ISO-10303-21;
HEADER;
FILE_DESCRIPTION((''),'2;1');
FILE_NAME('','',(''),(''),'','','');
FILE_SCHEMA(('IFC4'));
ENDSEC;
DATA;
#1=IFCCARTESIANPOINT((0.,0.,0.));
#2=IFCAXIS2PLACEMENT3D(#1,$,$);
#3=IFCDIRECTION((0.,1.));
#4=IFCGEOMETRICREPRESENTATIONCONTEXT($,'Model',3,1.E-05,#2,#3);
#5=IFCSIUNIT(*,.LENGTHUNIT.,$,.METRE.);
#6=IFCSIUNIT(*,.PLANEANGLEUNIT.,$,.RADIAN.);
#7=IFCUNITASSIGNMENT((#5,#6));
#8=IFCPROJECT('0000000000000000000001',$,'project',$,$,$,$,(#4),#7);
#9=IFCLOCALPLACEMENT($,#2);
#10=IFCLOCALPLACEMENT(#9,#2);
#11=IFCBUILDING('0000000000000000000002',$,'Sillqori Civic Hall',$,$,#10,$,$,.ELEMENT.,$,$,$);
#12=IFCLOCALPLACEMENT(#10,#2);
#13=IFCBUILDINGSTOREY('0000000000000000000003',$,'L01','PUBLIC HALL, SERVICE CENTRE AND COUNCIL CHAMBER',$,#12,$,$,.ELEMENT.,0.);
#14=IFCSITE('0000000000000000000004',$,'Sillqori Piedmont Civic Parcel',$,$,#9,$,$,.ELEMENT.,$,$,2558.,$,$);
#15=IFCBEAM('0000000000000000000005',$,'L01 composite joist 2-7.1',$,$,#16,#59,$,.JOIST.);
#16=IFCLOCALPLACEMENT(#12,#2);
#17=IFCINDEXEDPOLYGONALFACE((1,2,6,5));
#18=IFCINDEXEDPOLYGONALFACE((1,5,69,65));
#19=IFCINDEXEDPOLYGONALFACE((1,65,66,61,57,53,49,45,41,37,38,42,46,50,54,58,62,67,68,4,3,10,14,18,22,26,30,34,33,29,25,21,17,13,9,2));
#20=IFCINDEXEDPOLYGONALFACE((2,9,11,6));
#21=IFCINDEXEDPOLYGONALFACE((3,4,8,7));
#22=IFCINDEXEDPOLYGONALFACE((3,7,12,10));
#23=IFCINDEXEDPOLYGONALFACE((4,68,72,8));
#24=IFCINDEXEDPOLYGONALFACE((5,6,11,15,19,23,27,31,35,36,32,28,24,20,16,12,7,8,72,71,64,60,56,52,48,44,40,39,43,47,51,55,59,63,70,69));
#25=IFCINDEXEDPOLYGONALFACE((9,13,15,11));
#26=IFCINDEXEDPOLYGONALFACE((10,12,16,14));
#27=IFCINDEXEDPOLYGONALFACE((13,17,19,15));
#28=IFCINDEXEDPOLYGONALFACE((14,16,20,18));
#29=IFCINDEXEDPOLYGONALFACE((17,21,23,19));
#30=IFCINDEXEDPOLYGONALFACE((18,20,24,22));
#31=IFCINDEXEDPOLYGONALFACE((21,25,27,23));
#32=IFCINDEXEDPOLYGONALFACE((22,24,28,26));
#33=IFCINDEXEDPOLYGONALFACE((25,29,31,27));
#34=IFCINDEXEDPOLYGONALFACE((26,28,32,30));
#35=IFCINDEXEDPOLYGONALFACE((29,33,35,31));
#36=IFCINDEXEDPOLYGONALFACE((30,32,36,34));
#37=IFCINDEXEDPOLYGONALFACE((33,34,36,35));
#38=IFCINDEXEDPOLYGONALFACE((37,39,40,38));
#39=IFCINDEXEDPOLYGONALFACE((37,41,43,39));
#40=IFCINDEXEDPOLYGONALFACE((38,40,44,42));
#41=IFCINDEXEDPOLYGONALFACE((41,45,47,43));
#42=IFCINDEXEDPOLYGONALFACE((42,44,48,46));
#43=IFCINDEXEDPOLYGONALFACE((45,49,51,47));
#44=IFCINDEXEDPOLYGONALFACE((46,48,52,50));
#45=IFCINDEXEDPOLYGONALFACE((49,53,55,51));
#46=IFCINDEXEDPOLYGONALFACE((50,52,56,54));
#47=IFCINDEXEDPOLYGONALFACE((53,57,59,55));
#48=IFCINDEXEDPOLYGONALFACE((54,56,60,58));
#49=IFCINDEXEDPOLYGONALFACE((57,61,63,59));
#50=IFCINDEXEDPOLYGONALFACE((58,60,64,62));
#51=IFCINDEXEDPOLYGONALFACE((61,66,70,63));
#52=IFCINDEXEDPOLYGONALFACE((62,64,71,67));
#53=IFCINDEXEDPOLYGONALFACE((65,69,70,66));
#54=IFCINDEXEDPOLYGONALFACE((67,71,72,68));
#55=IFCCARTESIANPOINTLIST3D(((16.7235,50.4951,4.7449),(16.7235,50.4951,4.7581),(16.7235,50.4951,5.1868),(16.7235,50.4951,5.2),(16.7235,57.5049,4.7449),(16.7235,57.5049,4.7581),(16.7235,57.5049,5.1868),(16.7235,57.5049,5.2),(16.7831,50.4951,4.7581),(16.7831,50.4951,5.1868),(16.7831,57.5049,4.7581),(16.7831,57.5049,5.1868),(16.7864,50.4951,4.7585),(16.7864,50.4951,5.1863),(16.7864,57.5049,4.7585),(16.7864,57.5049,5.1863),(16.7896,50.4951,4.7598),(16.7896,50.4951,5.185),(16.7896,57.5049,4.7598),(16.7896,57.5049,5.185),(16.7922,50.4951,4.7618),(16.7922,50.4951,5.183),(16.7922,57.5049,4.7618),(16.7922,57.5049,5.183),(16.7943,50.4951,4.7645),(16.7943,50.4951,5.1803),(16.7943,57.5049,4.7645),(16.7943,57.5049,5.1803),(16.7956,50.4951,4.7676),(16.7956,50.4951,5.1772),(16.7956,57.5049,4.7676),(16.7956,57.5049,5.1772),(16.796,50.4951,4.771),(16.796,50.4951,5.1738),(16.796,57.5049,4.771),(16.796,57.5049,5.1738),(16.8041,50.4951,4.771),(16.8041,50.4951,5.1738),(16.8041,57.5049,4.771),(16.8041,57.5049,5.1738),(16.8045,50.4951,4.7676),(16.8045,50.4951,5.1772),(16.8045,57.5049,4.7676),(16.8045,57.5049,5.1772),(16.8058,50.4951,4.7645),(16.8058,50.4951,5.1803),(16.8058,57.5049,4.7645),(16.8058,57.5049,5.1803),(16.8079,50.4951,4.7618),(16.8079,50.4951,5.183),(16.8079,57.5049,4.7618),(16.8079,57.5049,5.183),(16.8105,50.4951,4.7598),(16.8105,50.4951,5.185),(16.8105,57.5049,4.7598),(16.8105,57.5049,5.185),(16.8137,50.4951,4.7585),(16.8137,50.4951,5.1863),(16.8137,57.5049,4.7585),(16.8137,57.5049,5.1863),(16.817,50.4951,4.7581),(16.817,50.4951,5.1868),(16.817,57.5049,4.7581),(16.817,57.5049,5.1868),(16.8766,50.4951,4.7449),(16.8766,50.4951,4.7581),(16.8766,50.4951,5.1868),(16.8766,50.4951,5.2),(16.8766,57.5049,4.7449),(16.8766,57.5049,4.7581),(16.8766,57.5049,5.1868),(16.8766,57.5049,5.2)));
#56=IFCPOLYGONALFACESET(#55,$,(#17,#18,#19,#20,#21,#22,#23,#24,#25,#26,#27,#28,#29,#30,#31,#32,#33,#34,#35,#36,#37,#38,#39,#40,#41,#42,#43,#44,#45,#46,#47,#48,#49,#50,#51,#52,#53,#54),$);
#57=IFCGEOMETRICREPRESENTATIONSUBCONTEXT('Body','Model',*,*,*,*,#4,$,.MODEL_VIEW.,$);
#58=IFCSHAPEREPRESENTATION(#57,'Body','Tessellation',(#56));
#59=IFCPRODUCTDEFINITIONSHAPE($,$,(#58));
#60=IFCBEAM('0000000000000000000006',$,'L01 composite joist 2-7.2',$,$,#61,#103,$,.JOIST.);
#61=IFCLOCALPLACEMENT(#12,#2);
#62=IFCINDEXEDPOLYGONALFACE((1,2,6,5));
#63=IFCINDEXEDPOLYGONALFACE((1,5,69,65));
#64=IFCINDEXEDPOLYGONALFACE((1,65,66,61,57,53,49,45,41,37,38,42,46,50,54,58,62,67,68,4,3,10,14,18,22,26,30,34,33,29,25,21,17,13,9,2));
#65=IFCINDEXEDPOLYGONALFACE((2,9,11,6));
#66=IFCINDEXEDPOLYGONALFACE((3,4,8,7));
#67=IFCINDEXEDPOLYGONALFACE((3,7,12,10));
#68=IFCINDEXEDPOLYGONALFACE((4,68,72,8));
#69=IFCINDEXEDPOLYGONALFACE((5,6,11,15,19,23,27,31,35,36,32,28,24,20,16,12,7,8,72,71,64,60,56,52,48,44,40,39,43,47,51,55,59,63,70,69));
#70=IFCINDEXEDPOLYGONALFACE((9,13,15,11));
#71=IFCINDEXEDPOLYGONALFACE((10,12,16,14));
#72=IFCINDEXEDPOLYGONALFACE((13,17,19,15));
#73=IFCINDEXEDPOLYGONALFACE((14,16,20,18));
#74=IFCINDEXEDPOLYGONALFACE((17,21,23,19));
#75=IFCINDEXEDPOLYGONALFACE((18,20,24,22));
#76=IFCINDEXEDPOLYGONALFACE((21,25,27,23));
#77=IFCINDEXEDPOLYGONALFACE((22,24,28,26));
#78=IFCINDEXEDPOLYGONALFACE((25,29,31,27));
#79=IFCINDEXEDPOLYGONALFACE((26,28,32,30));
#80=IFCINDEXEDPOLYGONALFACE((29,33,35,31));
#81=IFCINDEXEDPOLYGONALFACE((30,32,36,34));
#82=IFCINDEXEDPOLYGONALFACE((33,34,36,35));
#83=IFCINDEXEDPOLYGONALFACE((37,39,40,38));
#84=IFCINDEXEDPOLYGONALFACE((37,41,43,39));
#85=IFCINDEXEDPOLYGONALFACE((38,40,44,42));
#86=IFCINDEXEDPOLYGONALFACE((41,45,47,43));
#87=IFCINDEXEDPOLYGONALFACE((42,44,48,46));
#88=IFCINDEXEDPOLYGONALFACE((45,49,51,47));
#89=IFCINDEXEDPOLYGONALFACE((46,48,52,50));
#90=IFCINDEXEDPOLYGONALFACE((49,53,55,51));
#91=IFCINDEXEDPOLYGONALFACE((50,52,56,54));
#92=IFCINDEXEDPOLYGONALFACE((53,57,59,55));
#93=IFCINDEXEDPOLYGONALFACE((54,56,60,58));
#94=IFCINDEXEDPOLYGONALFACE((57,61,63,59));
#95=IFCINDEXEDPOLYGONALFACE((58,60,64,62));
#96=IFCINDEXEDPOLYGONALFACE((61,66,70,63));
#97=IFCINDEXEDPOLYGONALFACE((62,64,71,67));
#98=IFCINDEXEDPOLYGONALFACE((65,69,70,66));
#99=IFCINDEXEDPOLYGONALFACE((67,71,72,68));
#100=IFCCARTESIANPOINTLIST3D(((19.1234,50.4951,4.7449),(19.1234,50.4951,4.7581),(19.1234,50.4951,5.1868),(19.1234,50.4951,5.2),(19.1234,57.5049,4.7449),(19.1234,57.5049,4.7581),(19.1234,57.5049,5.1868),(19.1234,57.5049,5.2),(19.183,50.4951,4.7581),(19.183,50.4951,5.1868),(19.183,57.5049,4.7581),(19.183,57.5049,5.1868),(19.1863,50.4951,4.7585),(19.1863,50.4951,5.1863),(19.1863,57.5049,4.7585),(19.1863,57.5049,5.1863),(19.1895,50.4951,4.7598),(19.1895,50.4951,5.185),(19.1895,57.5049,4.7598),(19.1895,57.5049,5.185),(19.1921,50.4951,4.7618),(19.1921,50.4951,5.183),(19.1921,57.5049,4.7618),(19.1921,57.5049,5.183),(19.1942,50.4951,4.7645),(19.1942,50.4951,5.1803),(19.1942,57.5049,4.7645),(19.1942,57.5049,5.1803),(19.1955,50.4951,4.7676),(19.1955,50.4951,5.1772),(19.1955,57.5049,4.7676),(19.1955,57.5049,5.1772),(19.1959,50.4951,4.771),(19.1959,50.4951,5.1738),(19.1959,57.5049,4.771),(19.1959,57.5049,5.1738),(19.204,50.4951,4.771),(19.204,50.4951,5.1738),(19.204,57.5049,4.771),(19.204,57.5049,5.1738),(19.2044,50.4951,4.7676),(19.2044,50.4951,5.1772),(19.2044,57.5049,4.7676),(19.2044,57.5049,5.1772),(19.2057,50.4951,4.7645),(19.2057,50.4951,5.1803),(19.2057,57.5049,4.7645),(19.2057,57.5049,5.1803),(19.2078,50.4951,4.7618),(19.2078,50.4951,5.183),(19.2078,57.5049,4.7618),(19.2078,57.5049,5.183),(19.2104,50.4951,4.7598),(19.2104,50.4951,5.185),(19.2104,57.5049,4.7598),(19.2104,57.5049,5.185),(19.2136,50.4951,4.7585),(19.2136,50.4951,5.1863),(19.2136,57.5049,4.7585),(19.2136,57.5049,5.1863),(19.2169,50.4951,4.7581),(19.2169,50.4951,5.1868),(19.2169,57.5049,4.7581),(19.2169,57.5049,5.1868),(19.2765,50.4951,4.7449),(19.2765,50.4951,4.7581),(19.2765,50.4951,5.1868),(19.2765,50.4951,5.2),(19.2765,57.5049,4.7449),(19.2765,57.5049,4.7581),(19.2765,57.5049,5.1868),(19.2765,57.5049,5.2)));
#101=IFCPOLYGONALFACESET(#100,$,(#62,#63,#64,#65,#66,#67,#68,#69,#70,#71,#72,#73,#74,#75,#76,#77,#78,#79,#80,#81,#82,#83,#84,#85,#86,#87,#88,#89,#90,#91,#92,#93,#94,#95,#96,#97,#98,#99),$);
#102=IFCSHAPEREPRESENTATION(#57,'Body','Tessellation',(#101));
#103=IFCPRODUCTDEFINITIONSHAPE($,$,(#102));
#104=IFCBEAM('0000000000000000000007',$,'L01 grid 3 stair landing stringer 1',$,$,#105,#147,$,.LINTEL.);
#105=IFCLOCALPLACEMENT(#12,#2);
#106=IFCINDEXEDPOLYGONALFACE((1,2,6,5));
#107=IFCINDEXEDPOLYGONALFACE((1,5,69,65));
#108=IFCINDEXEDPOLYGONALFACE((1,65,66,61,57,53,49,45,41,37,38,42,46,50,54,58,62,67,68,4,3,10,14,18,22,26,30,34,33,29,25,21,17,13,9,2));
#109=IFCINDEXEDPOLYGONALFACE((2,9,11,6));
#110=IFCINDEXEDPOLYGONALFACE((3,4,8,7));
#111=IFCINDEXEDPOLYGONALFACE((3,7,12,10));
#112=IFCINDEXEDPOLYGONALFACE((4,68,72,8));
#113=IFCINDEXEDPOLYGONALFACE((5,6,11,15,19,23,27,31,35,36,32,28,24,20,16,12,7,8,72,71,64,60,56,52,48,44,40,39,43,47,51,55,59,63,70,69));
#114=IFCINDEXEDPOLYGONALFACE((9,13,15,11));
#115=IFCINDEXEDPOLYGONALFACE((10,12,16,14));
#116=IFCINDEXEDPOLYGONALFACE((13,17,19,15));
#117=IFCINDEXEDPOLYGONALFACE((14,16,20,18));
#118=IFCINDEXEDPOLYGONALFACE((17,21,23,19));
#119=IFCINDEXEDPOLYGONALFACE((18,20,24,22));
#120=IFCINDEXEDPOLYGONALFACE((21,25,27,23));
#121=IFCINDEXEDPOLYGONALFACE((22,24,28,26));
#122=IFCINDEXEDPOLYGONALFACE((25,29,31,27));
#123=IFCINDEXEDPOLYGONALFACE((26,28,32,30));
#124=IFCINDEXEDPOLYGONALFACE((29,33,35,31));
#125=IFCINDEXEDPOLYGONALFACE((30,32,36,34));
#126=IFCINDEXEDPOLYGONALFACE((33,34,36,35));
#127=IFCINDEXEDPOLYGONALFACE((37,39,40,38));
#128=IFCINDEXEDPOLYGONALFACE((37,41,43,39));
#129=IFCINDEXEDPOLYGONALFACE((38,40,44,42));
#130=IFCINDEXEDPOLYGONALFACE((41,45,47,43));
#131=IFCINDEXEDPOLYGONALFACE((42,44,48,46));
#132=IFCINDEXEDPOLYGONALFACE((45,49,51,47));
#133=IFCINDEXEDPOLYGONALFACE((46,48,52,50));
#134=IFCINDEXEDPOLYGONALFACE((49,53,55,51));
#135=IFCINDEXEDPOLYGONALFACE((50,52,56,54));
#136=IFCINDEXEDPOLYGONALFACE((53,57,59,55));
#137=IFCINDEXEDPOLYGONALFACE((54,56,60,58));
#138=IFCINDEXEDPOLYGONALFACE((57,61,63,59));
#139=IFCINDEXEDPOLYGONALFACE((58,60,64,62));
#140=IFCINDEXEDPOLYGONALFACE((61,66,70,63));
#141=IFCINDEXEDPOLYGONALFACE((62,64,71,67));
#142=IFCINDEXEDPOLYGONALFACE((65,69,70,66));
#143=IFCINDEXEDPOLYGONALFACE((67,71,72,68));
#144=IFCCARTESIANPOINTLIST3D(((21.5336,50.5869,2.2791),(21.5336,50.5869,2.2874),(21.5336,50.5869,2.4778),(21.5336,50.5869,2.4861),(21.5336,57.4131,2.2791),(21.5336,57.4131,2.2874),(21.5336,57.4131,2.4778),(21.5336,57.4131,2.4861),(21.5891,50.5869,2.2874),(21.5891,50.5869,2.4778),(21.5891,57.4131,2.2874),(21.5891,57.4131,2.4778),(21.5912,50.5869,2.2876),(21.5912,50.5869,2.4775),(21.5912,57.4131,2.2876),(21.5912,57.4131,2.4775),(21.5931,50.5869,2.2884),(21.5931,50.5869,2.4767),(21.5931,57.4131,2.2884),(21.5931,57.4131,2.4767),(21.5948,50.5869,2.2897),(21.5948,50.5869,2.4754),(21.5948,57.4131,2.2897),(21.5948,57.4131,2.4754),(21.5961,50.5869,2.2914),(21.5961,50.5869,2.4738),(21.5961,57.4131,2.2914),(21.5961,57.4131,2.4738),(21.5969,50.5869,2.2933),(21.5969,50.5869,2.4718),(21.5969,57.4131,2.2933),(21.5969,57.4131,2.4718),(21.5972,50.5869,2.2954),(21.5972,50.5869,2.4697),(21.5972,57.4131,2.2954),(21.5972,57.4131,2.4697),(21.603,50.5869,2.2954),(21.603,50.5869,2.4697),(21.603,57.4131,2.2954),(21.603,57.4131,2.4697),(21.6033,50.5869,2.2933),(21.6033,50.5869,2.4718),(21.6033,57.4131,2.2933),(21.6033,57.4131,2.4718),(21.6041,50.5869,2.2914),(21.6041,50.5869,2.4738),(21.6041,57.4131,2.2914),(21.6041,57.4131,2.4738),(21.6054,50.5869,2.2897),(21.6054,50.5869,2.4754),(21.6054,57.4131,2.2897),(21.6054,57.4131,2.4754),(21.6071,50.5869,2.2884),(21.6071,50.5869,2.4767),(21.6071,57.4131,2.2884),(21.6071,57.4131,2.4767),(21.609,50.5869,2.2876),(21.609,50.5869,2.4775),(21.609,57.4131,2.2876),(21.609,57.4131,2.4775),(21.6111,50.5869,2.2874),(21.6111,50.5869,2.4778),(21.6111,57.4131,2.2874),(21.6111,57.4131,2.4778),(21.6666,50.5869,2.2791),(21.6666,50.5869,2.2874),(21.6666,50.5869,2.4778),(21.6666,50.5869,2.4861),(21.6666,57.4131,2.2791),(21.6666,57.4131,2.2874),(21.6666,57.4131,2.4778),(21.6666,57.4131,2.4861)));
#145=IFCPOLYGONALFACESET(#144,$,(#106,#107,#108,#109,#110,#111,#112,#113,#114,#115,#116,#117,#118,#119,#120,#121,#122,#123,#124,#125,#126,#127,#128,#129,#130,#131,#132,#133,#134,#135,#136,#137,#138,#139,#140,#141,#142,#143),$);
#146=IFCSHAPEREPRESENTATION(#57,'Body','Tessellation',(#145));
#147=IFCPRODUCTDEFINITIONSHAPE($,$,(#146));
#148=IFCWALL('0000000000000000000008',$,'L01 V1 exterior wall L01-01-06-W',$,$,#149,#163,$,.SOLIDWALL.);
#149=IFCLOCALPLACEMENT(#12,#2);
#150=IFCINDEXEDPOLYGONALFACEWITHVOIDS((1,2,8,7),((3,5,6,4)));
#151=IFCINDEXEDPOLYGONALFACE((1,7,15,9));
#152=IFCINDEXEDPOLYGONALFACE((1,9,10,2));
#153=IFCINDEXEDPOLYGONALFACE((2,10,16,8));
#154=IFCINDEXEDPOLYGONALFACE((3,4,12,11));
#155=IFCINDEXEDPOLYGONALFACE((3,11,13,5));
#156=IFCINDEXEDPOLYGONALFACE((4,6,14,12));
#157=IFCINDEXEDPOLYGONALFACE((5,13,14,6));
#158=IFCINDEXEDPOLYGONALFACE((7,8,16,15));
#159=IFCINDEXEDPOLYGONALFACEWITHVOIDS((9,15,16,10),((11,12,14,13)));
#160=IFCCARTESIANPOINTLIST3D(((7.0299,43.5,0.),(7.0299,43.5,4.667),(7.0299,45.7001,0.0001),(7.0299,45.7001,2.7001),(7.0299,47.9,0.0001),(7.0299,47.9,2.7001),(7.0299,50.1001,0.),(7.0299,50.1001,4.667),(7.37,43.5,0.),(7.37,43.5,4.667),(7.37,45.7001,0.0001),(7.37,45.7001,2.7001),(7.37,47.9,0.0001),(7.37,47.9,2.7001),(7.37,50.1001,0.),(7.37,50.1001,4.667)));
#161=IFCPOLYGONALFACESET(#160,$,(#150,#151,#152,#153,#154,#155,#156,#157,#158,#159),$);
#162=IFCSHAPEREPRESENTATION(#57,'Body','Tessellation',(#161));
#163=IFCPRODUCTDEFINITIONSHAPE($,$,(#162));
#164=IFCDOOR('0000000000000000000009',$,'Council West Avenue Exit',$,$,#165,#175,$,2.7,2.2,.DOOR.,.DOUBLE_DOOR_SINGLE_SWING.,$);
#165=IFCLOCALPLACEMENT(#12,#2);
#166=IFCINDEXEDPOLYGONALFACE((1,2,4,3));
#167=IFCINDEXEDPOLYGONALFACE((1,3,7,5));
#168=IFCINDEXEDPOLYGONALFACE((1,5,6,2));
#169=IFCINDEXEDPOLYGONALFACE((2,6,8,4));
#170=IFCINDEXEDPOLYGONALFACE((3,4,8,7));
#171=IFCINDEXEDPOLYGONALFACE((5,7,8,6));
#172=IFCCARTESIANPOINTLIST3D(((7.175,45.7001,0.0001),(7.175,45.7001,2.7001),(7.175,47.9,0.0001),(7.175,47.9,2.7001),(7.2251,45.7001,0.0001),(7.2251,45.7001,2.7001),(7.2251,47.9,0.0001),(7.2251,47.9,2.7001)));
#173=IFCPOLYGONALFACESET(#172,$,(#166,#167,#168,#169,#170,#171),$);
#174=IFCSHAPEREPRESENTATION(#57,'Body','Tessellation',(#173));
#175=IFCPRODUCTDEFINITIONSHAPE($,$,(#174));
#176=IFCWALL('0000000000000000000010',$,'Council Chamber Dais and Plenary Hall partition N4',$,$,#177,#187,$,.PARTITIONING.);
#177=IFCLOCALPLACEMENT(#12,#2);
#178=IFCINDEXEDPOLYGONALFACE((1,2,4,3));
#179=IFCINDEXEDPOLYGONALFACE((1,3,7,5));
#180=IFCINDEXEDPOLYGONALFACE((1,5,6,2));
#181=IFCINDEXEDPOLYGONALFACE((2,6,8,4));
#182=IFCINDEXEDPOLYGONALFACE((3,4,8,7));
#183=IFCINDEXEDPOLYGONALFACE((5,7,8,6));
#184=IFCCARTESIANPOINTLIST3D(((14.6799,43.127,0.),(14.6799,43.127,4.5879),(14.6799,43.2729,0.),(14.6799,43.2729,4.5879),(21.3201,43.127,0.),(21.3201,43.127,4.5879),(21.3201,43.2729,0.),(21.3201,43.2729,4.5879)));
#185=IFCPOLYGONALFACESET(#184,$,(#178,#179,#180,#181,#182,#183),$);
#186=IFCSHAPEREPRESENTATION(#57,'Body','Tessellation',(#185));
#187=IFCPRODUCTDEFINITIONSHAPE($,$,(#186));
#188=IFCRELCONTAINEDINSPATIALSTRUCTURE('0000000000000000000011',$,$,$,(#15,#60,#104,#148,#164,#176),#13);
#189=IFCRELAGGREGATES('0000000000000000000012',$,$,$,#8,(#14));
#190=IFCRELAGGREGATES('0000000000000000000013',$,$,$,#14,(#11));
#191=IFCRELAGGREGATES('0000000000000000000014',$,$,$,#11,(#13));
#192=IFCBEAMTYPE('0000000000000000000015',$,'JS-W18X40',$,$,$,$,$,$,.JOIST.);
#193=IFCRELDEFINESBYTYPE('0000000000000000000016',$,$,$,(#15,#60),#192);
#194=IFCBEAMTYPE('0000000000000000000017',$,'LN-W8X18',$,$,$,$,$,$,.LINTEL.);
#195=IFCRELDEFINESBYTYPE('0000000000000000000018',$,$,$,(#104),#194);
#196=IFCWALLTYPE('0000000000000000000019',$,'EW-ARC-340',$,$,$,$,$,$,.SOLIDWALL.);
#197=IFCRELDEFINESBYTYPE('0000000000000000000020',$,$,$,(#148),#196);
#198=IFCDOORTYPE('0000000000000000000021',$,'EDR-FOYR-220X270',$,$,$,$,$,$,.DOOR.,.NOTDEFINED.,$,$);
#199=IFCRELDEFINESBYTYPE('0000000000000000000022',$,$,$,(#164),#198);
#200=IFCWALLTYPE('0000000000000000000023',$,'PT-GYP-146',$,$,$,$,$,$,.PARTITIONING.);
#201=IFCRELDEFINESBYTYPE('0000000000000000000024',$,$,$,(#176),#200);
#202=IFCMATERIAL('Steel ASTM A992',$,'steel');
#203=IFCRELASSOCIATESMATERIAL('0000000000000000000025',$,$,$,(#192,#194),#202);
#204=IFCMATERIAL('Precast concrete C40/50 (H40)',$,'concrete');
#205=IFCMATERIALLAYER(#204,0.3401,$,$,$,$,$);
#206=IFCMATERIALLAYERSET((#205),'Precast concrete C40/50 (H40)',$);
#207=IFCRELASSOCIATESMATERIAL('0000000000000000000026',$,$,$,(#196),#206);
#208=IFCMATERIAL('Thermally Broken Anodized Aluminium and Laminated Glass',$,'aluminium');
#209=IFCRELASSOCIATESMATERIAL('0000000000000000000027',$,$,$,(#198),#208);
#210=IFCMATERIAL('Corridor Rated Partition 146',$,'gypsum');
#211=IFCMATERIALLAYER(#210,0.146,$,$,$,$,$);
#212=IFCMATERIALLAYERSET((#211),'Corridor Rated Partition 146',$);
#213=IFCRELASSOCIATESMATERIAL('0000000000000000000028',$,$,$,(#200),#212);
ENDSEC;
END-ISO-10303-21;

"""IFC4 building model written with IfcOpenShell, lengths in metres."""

from ifc_helpers import new_model, si_unit, direction, frame, frame_2d, origin, origin_2d, place, context, subcontext, project, spatial, rectangle, i_section, extrude, material, layer, layer_set, material_profile, profile_set, type_object, element, fill, save


model = new_model("IFC4")

# Units and contexts
model_context = context("Model", 3, precision=1e-05, world=origin(), true_north=direction((0.0, 1.0)))
body_context = subcontext(model_context, "Body", "Model", "MODEL_VIEW")
ifc_project = project(units=[si_unit("LENGTHUNIT", "METRE"), si_unit("PLANEANGLEUNIT", "RADIAN")], contexts=[model_context])

# Site, building, storey
site_placement = place(None, origin())
site = spatial("IfcSite", under=ifc_project, at=site_placement, Name="Sillqori Piedmont Civic Parcel", CompositionType="ELEMENT", RefElevation=2558.0)
building_placement = place(site_placement, origin())
building = spatial("IfcBuilding", under=site, at=building_placement, Name="Sillqori Civic Hall", CompositionType="ELEMENT")
storey_placement = place(building_placement, origin())
storey = spatial("IfcBuildingStorey", under=building, at=storey_placement, Name="L01", Description="PUBLIC HALL, SERVICE CENTRE AND COUNCIL CHAMBER", CompositionType="ELEMENT", Elevation=0.0)

# Shared definitions
ifc_material_1 = material(Name="Steel ASTM A992", Category="steel")

# Beams
ifc_material_profile_1 = material_profile(ifc_material_1, i_section(OverallWidth=0.1531, OverallDepth=0.4551, WebThickness=0.0081, FlangeThickness=0.0132, FilletRadius=0.0129, at=origin_2d()), Name="W18X40")
ifc_profile_set_1 = profile_set([ifc_material_profile_1], Name="Steel ASTM A992")
beam_type_1 = type_object("IfcBeamType", Name="JS-W18X40", PredefinedType="JOIST", material=ifc_profile_set_1)
for number, where, z_axis, x_axis, name in (
    (1, (16.8, 50.4951, 4.9724), (0.0, 1.0, 0.0), (-1.0, 0.0, 0.0), "L01 composite joist 2-7.1"),
    (2, (19.2, 50.4951, 4.9724), (0.0, 1.0, 0.0), (-1.0, 0.0, 0.0), "L01 composite joist 2-7.2"),
):
    element("IfcBeam", number, at=place(storey_placement, frame(where, z_axis=z_axis, x_axis=x_axis)), inside=storey, type_object=beam_type_1, Name=name, PredefinedType="JOIST", context=body_context, shape_type="SweptSolid", body=[
        extrude(i_section(OverallWidth=0.1531, OverallDepth=0.4551, WebThickness=0.0081, FlangeThickness=0.0132, FilletRadius=0.0129, at=origin_2d()), origin(), (0.0, 0.0, 1.0), 7.0098),
    ])
ifc_material_profile_2 = material_profile(ifc_material_1, i_section(OverallWidth=0.1331, OverallDepth=0.207, WebThickness=0.0059, FlangeThickness=0.0083, FilletRadius=0.0081, at=origin_2d()), Name="W8X18")
ifc_profile_set_2 = profile_set([ifc_material_profile_2], Name="Steel ASTM A992")
beam_type_2 = type_object("IfcBeamType", Name="LN-W8X18", PredefinedType="LINTEL", material=ifc_profile_set_2)
beam_1_placement = place(storey_placement, frame((21.6001, 50.5869, 2.3826), z_axis=(0.0, 1.0, 0.0), x_axis=(-1.0, 0.0, 0.0)))
element("IfcBeam", 3, at=beam_1_placement, inside=storey, type_object=beam_type_2, Name="L01 grid 3 stair landing stringer 1", PredefinedType="LINTEL", context=body_context, shape_type="SweptSolid", body=[
    extrude(i_section(OverallWidth=0.1331, OverallDepth=0.207, WebThickness=0.0059, FlangeThickness=0.0083, FilletRadius=0.0081, at=origin_2d()), origin(), (0.0, 0.0, 1.0), 6.8262),
])

# Wall, opening, door
ifc_material_2 = material(Name="Precast concrete C40/50 (H40)", Category="concrete")
ifc_layer_1 = layer(ifc_material_2, 0.3401)
ifc_layer_set_1 = layer_set([ifc_layer_1], Name="Precast concrete C40/50 (H40)")
wall_type_1 = type_object("IfcWallType", Name="EW-ARC-340", PredefinedType="SOLIDWALL", material=ifc_layer_set_1)
wall_1_placement = place(storey_placement, frame((7.2, 43.5, 0.0), z_axis=(0.0, 0.0, 1.0), x_axis=(0.0, 1.0, 0.0)))
wall_1 = element("IfcWall", 4, at=wall_1_placement, inside=storey, type_object=wall_type_1, Name="L01 V1 exterior wall L01-01-06-W", PredefinedType="SOLIDWALL", context=body_context, shape_type="SweptSolid", body=[
    extrude(rectangle(XDim=6.6001, YDim=0.3401, at=frame_2d((3.3, 0.0))), origin(), (0.0, 0.0, 1.0), 4.667),
])
opening_1_placement = place(wall_1_placement, frame((2.2, 0.0, 0.0)))
opening_1 = element("IfcOpeningElement", 5, at=opening_1_placement, cuts=wall_1, PredefinedType="OPENING", context=body_context, shape_type="SweptSolid", body=[
    extrude(rectangle(XDim=2.2, YDim=2.7, at=frame_2d((1.1001, 1.3501))), frame((0.0, 0.1799, 0.0), z_axis=(0.0, -1.0, 0.0), x_axis=(1.0, 0.0, 0.0)), (0.0, 0.0, 1.0), 0.3601),
])
ifc_material_3 = material(Name="Thermally Broken Anodized Aluminium and Laminated Glass", Category="aluminium")
door_type_1 = type_object("IfcDoorType", Name="EDR-FOYR-220X270", OperationType="NOTDEFINED", PredefinedType="DOOR", material=ifc_material_3)
door_1_placement = place(opening_1_placement, origin())
door_1 = element("IfcDoor", 6, at=door_1_placement, inside=storey, type_object=door_type_1, Name="Council West Avenue Exit", OperationType="DOUBLE_DOOR_SINGLE_SWING", OverallHeight=2.7, OverallWidth=2.2, PredefinedType="DOOR", context=body_context, shape_type="SweptSolid", body=[
    extrude(rectangle(XDim=2.2, YDim=2.7, at=frame_2d((1.1001, 1.3501))), frame((0.0, 0.0249, 0.0), z_axis=(0.0, -1.0, 0.0), x_axis=(1.0, 0.0, 0.0)), (0.0, 0.0, 1.0), 0.05),
])
fill(opening_1, door_1)

# Wall
ifc_material_4 = material(Name="Corridor Rated Partition 146", Category="gypsum")
ifc_layer_2 = layer(ifc_material_4, 0.146)
ifc_layer_set_2 = layer_set([ifc_layer_2], Name="Corridor Rated Partition 146")
wall_type_2 = type_object("IfcWallType", Name="PT-GYP-146", PredefinedType="PARTITIONING", material=ifc_layer_set_2)
wall_2_placement = place(storey_placement, frame((14.6799, 43.2, 0.0), z_axis=(0.0, 0.0, 1.0), x_axis=(1.0, 0.0, 0.0)))
element("IfcWall", 7, at=wall_2_placement, inside=storey, type_object=wall_type_2, Name="Council Chamber Dais and Plenary Hall partition N4", PredefinedType="PARTITIONING", context=body_context, shape_type="SweptSolid", body=[
    extrude(rectangle(XDim=6.6401, YDim=0.146, at=frame_2d((3.3201, 0.0))), origin(), (0.0, 0.0, 1.0), 4.5879),
])

save(model, "model.ifc")
